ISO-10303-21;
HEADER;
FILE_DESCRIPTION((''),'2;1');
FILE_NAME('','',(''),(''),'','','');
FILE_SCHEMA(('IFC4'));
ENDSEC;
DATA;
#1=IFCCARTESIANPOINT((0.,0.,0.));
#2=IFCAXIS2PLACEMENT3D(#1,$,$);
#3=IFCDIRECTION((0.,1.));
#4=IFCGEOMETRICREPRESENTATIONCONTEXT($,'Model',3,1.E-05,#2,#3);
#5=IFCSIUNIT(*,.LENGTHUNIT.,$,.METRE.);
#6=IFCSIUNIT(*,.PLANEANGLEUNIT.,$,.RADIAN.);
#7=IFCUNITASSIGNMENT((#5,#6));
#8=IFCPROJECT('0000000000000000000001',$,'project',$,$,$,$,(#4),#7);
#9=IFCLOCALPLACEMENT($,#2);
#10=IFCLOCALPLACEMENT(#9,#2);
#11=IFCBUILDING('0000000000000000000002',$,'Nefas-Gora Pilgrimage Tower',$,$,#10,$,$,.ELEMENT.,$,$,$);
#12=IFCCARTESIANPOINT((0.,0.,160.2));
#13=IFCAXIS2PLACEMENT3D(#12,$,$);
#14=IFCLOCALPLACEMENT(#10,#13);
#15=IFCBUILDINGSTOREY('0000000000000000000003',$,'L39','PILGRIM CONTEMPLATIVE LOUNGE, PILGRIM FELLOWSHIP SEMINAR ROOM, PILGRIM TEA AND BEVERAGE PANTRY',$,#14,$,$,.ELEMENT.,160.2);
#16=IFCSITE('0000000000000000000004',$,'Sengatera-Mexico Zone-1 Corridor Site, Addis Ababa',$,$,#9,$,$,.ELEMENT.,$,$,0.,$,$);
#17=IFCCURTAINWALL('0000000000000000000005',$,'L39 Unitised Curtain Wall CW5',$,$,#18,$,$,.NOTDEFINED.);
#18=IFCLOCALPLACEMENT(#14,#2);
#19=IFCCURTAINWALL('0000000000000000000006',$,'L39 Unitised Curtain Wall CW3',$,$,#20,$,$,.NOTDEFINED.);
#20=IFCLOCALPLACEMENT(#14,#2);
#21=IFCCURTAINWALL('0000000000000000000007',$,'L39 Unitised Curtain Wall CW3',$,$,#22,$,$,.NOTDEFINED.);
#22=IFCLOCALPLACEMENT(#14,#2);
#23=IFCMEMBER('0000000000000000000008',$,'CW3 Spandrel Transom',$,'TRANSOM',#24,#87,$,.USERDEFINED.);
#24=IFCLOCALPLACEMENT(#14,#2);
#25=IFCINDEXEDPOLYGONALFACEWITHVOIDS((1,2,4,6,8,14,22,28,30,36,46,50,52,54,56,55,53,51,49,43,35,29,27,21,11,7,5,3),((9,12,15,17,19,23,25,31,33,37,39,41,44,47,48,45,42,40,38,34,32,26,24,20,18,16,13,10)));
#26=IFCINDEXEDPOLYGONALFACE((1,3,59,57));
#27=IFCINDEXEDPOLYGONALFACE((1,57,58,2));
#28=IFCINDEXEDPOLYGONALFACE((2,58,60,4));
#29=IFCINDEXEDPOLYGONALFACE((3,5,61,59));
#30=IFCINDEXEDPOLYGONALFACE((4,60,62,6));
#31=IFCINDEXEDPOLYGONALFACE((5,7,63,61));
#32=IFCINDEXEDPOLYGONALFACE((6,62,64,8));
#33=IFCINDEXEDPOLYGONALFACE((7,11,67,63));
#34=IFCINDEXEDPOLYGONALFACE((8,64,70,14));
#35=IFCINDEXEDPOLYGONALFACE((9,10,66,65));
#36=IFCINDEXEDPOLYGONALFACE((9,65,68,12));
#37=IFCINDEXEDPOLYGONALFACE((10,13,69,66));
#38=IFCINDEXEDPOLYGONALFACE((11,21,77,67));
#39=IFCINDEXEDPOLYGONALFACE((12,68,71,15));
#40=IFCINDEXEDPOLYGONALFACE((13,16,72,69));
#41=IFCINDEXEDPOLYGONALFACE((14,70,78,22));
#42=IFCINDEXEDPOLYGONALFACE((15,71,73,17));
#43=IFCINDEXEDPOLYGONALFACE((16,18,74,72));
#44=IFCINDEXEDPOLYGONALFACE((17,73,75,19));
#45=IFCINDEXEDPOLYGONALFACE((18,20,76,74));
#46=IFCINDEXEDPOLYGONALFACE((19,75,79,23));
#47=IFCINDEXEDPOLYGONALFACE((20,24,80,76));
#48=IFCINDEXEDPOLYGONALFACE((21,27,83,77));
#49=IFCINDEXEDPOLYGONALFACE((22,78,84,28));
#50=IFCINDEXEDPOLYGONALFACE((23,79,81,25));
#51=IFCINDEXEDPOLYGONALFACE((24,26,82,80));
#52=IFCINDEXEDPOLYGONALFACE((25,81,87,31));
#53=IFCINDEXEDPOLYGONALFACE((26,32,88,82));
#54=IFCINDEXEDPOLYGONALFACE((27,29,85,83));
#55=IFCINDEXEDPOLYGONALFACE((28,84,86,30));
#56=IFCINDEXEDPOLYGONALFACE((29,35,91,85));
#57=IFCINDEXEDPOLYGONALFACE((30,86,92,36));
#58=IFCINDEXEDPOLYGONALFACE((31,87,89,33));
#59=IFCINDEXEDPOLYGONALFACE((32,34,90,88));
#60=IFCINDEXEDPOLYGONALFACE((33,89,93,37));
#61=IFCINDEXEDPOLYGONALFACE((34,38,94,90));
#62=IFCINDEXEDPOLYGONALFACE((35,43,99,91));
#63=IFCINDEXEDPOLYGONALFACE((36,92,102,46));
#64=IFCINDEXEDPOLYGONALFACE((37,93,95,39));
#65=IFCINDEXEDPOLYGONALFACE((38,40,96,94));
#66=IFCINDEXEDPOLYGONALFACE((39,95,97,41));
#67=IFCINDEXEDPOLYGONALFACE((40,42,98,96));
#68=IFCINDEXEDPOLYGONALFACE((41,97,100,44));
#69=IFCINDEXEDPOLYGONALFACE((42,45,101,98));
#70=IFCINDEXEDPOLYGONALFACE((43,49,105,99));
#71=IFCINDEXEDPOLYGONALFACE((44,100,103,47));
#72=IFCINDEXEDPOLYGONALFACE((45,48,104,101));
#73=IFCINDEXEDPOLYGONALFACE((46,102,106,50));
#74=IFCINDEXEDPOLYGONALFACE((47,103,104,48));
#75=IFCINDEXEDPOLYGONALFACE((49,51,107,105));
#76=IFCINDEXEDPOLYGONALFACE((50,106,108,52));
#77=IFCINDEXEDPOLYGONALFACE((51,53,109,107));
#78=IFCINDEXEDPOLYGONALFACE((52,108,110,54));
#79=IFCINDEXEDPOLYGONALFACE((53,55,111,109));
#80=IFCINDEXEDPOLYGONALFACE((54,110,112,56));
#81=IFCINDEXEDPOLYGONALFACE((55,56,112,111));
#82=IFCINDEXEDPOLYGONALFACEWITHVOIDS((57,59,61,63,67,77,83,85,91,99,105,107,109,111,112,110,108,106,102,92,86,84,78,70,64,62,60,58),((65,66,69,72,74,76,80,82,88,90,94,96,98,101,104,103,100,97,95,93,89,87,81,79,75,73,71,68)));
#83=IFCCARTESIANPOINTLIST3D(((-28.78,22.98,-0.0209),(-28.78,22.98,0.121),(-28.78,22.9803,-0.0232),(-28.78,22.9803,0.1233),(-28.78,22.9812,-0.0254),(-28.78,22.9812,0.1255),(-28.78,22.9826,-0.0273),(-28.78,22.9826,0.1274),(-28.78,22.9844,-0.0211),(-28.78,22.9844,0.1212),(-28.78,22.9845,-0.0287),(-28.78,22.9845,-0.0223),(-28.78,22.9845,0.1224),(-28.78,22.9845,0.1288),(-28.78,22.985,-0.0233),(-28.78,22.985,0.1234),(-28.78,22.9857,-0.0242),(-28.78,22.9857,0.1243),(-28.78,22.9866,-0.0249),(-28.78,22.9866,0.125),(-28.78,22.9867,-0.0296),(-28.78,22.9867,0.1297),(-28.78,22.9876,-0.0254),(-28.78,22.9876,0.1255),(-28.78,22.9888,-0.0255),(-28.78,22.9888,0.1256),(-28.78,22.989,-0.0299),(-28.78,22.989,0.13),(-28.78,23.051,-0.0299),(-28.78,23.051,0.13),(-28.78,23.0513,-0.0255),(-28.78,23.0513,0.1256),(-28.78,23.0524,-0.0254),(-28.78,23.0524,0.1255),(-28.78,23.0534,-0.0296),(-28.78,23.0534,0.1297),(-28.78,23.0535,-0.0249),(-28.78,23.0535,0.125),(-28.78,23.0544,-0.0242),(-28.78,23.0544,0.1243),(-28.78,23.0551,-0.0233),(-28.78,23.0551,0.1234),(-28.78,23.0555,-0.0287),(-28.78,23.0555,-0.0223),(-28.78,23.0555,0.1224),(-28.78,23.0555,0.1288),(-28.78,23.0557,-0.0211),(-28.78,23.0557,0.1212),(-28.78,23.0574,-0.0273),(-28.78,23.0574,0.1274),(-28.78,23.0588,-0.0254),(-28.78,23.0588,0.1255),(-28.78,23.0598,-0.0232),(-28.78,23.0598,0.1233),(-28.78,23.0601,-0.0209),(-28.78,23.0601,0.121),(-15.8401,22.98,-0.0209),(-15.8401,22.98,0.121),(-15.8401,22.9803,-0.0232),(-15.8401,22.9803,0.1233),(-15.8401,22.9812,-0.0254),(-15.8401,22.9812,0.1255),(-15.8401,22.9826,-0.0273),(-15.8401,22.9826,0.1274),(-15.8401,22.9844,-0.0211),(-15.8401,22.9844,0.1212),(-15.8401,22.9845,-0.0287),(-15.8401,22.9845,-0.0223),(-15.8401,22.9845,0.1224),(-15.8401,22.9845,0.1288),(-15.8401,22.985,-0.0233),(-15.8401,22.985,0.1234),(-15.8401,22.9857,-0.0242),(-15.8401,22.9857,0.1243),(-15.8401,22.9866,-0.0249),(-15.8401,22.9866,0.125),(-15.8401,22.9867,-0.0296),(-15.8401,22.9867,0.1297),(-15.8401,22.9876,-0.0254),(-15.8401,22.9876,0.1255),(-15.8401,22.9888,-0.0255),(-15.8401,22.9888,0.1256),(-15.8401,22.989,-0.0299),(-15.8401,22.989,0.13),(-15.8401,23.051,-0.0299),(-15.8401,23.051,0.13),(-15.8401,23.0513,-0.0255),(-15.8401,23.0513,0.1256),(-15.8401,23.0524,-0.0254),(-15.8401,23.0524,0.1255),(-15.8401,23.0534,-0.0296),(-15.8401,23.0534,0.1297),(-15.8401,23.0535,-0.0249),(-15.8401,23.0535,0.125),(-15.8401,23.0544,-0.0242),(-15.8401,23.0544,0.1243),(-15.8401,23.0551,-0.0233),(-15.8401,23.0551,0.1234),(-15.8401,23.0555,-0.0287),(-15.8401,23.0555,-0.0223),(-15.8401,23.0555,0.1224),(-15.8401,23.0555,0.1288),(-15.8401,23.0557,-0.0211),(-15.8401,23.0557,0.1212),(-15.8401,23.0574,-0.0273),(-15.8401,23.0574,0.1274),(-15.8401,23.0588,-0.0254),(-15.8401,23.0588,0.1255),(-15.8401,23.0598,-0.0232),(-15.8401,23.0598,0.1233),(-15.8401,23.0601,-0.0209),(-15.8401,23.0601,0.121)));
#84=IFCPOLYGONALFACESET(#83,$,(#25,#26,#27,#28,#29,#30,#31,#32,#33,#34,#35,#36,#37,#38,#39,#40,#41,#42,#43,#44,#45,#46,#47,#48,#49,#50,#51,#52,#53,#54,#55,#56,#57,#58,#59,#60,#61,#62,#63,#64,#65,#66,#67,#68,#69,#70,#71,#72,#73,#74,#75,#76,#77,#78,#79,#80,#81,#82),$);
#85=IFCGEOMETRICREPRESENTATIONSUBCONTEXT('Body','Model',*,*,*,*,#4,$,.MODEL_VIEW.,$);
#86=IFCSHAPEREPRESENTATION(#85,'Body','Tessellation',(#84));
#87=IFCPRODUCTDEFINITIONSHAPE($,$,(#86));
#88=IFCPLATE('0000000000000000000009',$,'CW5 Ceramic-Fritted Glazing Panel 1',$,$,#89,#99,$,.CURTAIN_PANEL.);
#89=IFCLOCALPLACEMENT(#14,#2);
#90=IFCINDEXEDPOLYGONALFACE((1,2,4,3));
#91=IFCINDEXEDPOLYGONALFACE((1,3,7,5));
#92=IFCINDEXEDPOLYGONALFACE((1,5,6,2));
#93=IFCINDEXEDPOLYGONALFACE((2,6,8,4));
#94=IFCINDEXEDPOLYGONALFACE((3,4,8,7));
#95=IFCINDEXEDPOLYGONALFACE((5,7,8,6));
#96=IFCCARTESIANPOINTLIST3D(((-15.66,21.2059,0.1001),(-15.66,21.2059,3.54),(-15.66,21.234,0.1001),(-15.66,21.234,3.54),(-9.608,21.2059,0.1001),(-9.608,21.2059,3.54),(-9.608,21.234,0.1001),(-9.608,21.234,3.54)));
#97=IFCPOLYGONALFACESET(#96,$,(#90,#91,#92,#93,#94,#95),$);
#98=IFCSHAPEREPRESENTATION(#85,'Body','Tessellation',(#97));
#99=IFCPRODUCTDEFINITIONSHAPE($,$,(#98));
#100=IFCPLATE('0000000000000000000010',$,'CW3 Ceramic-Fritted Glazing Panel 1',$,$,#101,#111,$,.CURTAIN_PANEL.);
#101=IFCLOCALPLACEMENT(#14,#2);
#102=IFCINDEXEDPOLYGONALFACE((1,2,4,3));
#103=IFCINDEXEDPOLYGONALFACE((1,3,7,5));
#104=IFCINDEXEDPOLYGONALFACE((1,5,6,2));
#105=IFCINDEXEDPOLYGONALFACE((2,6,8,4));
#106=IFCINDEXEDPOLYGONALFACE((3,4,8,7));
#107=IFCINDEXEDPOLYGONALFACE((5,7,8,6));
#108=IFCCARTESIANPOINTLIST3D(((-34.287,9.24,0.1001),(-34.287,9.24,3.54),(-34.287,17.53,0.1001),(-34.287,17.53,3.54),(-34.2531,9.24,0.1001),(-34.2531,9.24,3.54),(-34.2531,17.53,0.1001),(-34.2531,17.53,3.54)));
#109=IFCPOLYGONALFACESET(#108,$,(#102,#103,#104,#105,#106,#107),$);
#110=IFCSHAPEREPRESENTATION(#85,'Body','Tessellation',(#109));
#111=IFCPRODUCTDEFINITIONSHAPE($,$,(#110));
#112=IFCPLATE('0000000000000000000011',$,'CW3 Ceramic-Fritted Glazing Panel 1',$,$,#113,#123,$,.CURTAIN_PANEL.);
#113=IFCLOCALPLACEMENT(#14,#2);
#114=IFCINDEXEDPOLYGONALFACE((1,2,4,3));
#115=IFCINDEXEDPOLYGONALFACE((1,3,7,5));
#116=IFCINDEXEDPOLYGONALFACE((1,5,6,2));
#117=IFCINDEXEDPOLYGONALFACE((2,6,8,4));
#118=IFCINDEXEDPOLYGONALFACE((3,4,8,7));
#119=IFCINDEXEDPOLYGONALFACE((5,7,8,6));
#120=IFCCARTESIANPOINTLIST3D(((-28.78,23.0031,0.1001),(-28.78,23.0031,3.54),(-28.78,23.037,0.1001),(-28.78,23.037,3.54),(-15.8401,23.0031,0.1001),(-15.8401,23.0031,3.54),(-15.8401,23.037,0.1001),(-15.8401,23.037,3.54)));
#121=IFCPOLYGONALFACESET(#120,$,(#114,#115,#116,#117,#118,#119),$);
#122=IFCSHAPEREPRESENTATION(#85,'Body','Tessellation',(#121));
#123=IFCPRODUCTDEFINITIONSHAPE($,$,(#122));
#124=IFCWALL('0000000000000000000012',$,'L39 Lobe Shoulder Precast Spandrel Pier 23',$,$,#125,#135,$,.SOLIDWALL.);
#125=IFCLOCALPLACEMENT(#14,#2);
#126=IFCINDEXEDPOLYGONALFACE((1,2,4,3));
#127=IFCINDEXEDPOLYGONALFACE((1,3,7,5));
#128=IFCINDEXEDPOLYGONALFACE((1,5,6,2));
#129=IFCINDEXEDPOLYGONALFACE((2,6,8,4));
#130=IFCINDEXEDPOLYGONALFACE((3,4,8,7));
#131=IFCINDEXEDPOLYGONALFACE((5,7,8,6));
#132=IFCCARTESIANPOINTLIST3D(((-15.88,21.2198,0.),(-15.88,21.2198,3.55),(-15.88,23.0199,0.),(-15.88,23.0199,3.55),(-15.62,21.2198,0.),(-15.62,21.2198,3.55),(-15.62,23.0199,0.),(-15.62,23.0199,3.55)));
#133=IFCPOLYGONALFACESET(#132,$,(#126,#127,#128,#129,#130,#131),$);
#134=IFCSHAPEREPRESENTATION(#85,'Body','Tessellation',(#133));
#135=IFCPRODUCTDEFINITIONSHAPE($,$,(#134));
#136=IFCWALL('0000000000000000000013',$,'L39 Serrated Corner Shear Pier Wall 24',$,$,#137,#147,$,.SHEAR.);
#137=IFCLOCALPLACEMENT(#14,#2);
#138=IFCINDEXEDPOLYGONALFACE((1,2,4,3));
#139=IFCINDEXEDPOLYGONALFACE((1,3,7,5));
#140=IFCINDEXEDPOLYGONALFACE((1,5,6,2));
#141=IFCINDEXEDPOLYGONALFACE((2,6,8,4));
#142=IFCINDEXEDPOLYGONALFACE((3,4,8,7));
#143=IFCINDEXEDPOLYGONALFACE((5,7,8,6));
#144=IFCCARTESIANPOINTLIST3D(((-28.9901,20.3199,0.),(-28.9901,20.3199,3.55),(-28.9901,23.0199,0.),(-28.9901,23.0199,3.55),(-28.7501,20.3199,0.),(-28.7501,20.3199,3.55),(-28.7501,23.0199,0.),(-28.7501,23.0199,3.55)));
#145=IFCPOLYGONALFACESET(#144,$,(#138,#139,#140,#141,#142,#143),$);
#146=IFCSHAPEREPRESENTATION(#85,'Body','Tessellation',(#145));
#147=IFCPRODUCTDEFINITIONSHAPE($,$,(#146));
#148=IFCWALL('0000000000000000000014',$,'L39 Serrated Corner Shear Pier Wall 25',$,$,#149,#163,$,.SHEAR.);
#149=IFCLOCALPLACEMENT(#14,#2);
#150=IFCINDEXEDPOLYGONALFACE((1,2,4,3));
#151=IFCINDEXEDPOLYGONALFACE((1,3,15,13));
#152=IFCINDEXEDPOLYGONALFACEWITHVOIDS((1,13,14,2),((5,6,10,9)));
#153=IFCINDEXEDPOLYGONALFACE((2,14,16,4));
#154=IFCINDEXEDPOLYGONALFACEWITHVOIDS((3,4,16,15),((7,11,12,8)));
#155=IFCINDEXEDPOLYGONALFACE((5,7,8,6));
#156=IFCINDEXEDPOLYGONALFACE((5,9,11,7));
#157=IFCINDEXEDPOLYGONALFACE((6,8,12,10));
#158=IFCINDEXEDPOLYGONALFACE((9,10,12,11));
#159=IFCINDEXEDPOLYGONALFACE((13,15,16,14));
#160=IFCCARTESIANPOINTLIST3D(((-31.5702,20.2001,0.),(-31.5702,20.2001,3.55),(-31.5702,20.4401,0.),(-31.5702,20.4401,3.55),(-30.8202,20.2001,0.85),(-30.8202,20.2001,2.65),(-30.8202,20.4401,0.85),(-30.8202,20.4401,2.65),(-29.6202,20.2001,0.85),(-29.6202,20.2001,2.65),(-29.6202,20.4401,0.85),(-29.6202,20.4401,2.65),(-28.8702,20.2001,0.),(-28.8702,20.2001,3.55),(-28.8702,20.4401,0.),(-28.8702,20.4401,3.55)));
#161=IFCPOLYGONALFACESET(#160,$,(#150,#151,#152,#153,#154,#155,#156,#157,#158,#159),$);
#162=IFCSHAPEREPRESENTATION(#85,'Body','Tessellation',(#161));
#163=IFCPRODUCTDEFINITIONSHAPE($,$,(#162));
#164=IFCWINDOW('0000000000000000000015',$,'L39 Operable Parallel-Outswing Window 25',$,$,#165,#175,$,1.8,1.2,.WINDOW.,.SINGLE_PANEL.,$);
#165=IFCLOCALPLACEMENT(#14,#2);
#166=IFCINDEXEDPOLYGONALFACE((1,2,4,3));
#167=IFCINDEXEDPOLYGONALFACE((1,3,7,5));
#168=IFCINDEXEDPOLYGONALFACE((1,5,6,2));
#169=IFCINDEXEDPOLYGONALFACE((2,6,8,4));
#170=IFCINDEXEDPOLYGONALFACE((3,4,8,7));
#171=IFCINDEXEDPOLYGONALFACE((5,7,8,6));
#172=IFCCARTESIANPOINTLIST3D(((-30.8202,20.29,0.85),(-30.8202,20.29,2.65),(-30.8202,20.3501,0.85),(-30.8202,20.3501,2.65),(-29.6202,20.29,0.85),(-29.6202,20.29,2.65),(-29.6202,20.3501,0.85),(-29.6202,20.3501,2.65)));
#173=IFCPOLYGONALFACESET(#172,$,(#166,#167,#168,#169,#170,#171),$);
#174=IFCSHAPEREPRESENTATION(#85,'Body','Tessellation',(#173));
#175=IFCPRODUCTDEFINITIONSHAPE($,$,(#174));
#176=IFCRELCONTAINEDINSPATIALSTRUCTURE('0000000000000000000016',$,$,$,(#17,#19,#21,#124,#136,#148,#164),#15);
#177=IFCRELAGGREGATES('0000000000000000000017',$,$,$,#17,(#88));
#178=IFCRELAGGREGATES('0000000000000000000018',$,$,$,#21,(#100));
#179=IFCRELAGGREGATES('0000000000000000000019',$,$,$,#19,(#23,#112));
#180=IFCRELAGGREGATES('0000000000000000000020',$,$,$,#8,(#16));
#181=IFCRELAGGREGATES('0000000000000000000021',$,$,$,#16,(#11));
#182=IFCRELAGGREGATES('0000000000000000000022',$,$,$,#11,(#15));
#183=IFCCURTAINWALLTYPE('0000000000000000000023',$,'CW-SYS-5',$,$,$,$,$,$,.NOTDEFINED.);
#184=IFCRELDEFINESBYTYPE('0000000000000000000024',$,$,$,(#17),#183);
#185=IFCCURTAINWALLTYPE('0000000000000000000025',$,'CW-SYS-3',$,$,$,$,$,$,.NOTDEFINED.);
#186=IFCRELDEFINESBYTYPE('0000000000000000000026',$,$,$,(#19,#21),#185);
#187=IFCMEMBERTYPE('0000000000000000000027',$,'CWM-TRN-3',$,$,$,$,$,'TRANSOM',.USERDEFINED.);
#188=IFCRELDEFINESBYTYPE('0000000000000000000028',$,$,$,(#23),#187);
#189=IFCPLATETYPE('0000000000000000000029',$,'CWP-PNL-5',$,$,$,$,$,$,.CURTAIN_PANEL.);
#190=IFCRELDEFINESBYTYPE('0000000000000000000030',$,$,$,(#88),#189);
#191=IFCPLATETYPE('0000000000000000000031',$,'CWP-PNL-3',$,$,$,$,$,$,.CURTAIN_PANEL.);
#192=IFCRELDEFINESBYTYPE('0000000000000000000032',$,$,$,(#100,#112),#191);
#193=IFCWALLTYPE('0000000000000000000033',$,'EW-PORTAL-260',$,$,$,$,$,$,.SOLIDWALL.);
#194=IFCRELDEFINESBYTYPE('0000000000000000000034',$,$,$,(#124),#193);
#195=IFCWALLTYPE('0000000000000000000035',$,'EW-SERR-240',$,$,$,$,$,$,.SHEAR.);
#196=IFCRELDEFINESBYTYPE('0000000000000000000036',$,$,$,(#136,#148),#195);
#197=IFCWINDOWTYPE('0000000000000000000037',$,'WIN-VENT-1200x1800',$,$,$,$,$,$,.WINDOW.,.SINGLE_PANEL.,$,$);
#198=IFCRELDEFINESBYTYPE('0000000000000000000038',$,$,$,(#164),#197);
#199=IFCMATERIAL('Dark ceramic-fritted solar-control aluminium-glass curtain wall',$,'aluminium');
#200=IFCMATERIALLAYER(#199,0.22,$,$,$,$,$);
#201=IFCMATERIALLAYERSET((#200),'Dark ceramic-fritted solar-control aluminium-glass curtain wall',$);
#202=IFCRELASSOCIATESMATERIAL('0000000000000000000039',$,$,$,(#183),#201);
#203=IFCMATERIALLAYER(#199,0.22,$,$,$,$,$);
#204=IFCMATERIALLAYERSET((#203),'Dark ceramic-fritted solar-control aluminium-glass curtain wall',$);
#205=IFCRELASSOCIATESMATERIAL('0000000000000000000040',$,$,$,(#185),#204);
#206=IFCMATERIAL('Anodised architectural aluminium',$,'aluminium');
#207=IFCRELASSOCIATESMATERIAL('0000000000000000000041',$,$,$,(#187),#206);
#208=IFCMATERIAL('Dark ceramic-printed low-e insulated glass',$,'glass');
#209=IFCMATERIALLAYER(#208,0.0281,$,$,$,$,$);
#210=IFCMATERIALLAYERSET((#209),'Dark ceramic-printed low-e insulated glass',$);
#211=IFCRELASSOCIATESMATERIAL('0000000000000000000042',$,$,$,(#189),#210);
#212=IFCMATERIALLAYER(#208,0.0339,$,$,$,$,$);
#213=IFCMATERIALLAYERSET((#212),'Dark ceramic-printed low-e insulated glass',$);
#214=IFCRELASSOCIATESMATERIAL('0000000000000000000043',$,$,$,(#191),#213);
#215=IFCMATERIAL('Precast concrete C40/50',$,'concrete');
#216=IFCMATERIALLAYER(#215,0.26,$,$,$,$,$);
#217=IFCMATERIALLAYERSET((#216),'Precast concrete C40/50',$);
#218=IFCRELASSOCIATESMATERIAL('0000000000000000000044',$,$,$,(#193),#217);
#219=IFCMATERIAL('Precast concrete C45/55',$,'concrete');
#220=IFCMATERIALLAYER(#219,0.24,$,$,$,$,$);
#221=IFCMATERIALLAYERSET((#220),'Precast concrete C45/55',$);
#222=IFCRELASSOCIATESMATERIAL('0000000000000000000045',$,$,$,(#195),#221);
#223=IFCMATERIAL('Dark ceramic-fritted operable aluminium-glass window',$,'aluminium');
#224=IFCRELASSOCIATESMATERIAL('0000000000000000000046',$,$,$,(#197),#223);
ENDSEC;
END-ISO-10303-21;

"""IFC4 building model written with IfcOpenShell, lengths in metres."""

from ifc_helpers import new_model, si_unit, direction, frame, frame_2d, origin, origin_2d, place, context, subcontext, project, spatial, rectangle, hollow_rectangle, extrude, source, transform, mapped, material, layer, layer_set, material_profile, profile_set, type_object, element, fill, aggregate, save


model = new_model("IFC4")

# Units and contexts
model_context = context("Model", 3, precision=1e-05, world=origin(), true_north=direction((0.0, 1.0)))
body_context = subcontext(model_context, "Body", "Model", "MODEL_VIEW")
ifc_project = project(units=[si_unit("LENGTHUNIT", "METRE"), si_unit("PLANEANGLEUNIT", "RADIAN")], contexts=[model_context])

# Site, building, storey
site_placement = place(None, origin())
site = spatial("IfcSite", under=ifc_project, at=site_placement, Name="Sengatera-Mexico Zone-1 Corridor Site, Addis Ababa", CompositionType="ELEMENT", RefElevation=0.0)
building_placement = place(site_placement, origin())
building = spatial("IfcBuilding", under=site, at=building_placement, Name="Nefas-Gora Pilgrimage Tower", CompositionType="ELEMENT")
storey_placement = place(building_placement, frame((0.0, 0.0, 160.2)))
storey = spatial("IfcBuildingStorey", under=building, at=storey_placement, Name="L39", Description="PILGRIM CONTEMPLATIVE LOUNGE, PILGRIM FELLOWSHIP SEMINAR ROOM, PILGRIM TEA AND BEVERAGE PANTRY", CompositionType="ELEMENT", Elevation=160.2)

# Curtain wall
ifc_material_1 = material(Name="Dark ceramic-fritted solar-control aluminium-glass curtain wall", Category="aluminium")
ifc_layer_1 = layer(ifc_material_1, 0.22)
ifc_layer_set_1 = layer_set([ifc_layer_1], Name="Dark ceramic-fritted solar-control aluminium-glass curtain wall")
curtain_wall_type_1 = type_object("IfcCurtainWallType", Name="CW-SYS-5", PredefinedType="NOTDEFINED", material=ifc_layer_set_1)
curtain_wall_1_placement = place(storey_placement, origin())
curtain_wall_1 = element("IfcCurtainWall", 1, at=curtain_wall_1_placement, inside=storey, type_object=curtain_wall_type_1, Name="L39 Unitised Curtain Wall CW5", PredefinedType="NOTDEFINED")
ifc_material_2 = material(Name="Anodised architectural aluminium", Category="aluminium")

# Curtain walls
ifc_layer_2 = layer(ifc_material_1, 0.22)
ifc_layer_set_2 = layer_set([ifc_layer_2], Name="Dark ceramic-fritted solar-control aluminium-glass curtain wall")
curtain_wall_type_2 = type_object("IfcCurtainWallType", Name="CW-SYS-3", PredefinedType="NOTDEFINED", material=ifc_layer_set_2)
curtain_wall_2_placement = place(storey_placement, origin())
curtain_wall_2 = element("IfcCurtainWall", 2, at=curtain_wall_2_placement, inside=storey, type_object=curtain_wall_type_2, Name="L39 Unitised Curtain Wall CW3", PredefinedType="NOTDEFINED")
curtain_wall_3_placement = place(storey_placement, origin())
curtain_wall_3 = element("IfcCurtainWall", 3, at=curtain_wall_3_placement, inside=storey, type_object=curtain_wall_type_2, Name="L39 Unitised Curtain Wall CW3", PredefinedType="NOTDEFINED")
ifc_material_profile_1 = material_profile(ifc_material_2, hollow_rectangle(XDim=0.0801, YDim=0.1599, WallThickness=0.0044, InnerFilletRadius=0.0044, OuterFilletRadius=0.009, at=origin_2d()), Name="ALU TRANSOM 80x160")
ifc_profile_set_1 = profile_set([ifc_material_profile_1], Name="Anodised architectural aluminium")
member_type_1 = type_object("IfcMemberType", Name="CWM-TRN-3", ElementType="TRANSOM", PredefinedType="USERDEFINED", material=ifc_profile_set_1)

# Member
shared_shape_1 = source(origin(), body_context, "Body", "SweptSolid", [
    extrude(hollow_rectangle(XDim=0.0801, YDim=0.1599, WallThickness=0.0044, InnerFilletRadius=0.0044, OuterFilletRadius=0.009, at=origin_2d()), origin(), (0.0, 0.0, 1.0), 12.9399),
])
member_1_placement = place(storey_placement, frame((-15.8401, 23.02, 0.05), z_axis=(-1.0, 0.0, 0.0), x_axis=(0.0, -1.0, 0.0)))
member_1 = element("IfcMember", 4, at=member_1_placement, type_object=member_type_1, Name="CW3 Spandrel Transom", ObjectType="TRANSOM", PredefinedType="USERDEFINED", context=body_context, shape_type="MappedRepresentation", body=[
    mapped(shared_shape_1, transform((0.0, 0.0, 0.0), x_axis=(1.0, 0.0, 0.0), y_axis=(0.0, 1.0, 0.0), z_axis=(0.0, 0.0, 1.0), scale=1.0)),
])

# Plates
ifc_material_3 = material(Name="Dark ceramic-printed low-e insulated glass", Category="glass")
ifc_layer_3 = layer(ifc_material_3, 0.0281)
ifc_layer_set_3 = layer_set([ifc_layer_3], Name="Dark ceramic-printed low-e insulated glass")
plate_type_1 = type_object("IfcPlateType", Name="CWP-PNL-5", PredefinedType="CURTAIN_PANEL", material=ifc_layer_set_3)
shared_shape_2 = source(origin(), body_context, "Body", "SweptSolid", [
    extrude(rectangle(XDim=6.052, YDim=0.0281, at=origin_2d()), origin(), (0.0, 0.0, 1.0), 3.4399),
])
plate_1_placement = place(storey_placement, frame((-12.634, 21.22, 0.1001), z_axis=(0.0, 0.0, 1.0), x_axis=(-1.0, 0.0, 0.0)))
plate_1 = element("IfcPlate", 5, at=plate_1_placement, type_object=plate_type_1, Name="CW5 Ceramic-Fritted Glazing Panel 1", PredefinedType="CURTAIN_PANEL", context=body_context, shape_type="MappedRepresentation", body=[
    mapped(shared_shape_2, transform((0.0, 0.0, 0.0), x_axis=(1.0, 0.0, 0.0), y_axis=(0.0, 1.0, 0.0), z_axis=(0.0, 0.0, 1.0), scale=1.0)),
])
aggregate(curtain_wall_1, [plate_1])
ifc_layer_4 = layer(ifc_material_3, 0.0339)
ifc_layer_set_4 = layer_set([ifc_layer_4], Name="Dark ceramic-printed low-e insulated glass")
plate_type_2 = type_object("IfcPlateType", Name="CWP-PNL-3", PredefinedType="CURTAIN_PANEL", material=ifc_layer_set_4)
shared_shape_3 = source(origin(), body_context, "Body", "SweptSolid", [
    extrude(rectangle(XDim=8.29, YDim=0.0339, at=origin_2d()), origin(), (0.0, 0.0, 1.0), 3.4399),
])
plate_2_placement = place(storey_placement, frame((-34.27, 13.385, 0.1001), z_axis=(0.0, 0.0, 1.0), x_axis=(0.0, -1.0, 0.0)))
plate_2 = element("IfcPlate", 6, at=plate_2_placement, type_object=plate_type_2, Name="CW3 Ceramic-Fritted Glazing Panel 1", PredefinedType="CURTAIN_PANEL", context=body_context, shape_type="MappedRepresentation", body=[
    mapped(shared_shape_3, transform((0.0, 0.0, 0.0), x_axis=(1.0, 0.0, 0.0), y_axis=(0.0, 1.0, 0.0), z_axis=(0.0, 0.0, 1.0), scale=1.0)),
])
aggregate(curtain_wall_3, [plate_2])
shared_shape_4 = source(origin(), body_context, "Body", "SweptSolid", [
    extrude(rectangle(XDim=12.9399, YDim=0.0339, at=origin_2d()), origin(), (0.0, 0.0, 1.0), 3.4399),
])
plate_3_placement = place(storey_placement, frame((-22.3101, 23.02, 0.1001), z_axis=(0.0, 0.0, 1.0), x_axis=(-1.0, 0.0, 0.0)))
plate_3 = element("IfcPlate", 7, at=plate_3_placement, type_object=plate_type_2, Name="CW3 Ceramic-Fritted Glazing Panel 1", PredefinedType="CURTAIN_PANEL", context=body_context, shape_type="MappedRepresentation", body=[
    mapped(shared_shape_4, transform((0.0, 0.0, 0.0), x_axis=(1.0, 0.0, 0.0), y_axis=(0.0, 1.0, 0.0), z_axis=(0.0, 0.0, 1.0), scale=1.0)),
])
aggregate(curtain_wall_2, [member_1, plate_3])

# Walls
ifc_material_4 = material(Name="Precast concrete C40/50", Category="concrete")
ifc_layer_5 = layer(ifc_material_4, 0.26)
ifc_layer_set_5 = layer_set([ifc_layer_5], Name="Precast concrete C40/50")
wall_type_1 = type_object("IfcWallType", Name="EW-PORTAL-260", PredefinedType="SOLIDWALL", material=ifc_layer_set_5)
shared_shape_5 = source(origin(), body_context, "Body", "SweptSolid", [
    extrude(rectangle(XDim=1.8, YDim=0.26, at=frame_2d((0.8999, 0.0))), origin(), (0.0, 0.0, 1.0), 3.55),
])
wall_1_placement = place(storey_placement, frame((-15.75, 21.22, 0.0), z_axis=(0.0, 0.0, 1.0), x_axis=(0.0, 1.0, 0.0)))
element("IfcWall", 8, at=wall_1_placement, inside=storey, type_object=wall_type_1, Name="L39 Lobe Shoulder Precast Spandrel Pier 23", PredefinedType="SOLIDWALL", context=body_context, shape_type="MappedRepresentation", body=[
    mapped(shared_shape_5, transform((0.0, 0.0, 0.0), x_axis=(1.0, 0.0, 0.0), y_axis=(0.0, 1.0, 0.0), z_axis=(0.0, 0.0, 1.0), scale=1.0)),
])
ifc_material_5 = material(Name="Precast concrete C45/55", Category="concrete")
ifc_layer_6 = layer(ifc_material_5, 0.24)
ifc_layer_set_6 = layer_set([ifc_layer_6], Name="Precast concrete C45/55")
wall_type_2 = type_object("IfcWallType", Name="EW-SERR-240", PredefinedType="SHEAR", material=ifc_layer_set_6)
shared_shape_6 = source(origin(), body_context, "Body", "SweptSolid", [
    extrude(rectangle(XDim=2.7, YDim=0.24, at=frame_2d((1.3501, 0.0))), origin(), (0.0, 0.0, 1.0), 3.55),
])
wall_2_placement = place(storey_placement, frame((-28.8701, 23.02, 0.0), z_axis=(0.0, 0.0, 1.0), x_axis=(0.0, -1.0, 0.0)))
element("IfcWall", 9, at=wall_2_placement, inside=storey, type_object=wall_type_2, Name="L39 Serrated Corner Shear Pier Wall 24", PredefinedType="SHEAR", context=body_context, shape_type="MappedRepresentation", body=[
    mapped(shared_shape_6, transform((0.0, 0.0, 0.0), x_axis=(1.0, 0.0, 0.0), y_axis=(0.0, 1.0, 0.0), z_axis=(0.0, 0.0, 1.0), scale=1.0)),
])

# Wall, opening, window
wall_3_placement = place(storey_placement, frame((-28.8701, 20.3201, 0.0), z_axis=(0.0, 0.0, 1.0), x_axis=(-1.0, 0.0, 0.0)))
wall_3 = element("IfcWall", 10, at=wall_3_placement, inside=storey, type_object=wall_type_2, Name="L39 Serrated Corner Shear Pier Wall 25", PredefinedType="SHEAR", context=body_context, shape_type="MappedRepresentation", body=[
    mapped(shared_shape_6, transform((0.0, 0.0, 0.0), x_axis=(1.0, 0.0, 0.0), y_axis=(0.0, 1.0, 0.0), z_axis=(0.0, 0.0, 1.0), scale=1.0)),
])
opening_1_placement = place(wall_3_placement, frame((0.75, 0.0, 0.8501)))
opening_1 = element("IfcOpeningElement", 11, at=opening_1_placement, cuts=wall_3, PredefinedType="OPENING", context=body_context, shape_type="SweptSolid", body=[
    extrude(rectangle(XDim=1.2, YDim=1.8, at=frame_2d((0.6001, 0.8999))), frame((0.0, 0.1299, 0.0), z_axis=(0.0, -1.0, 0.0), x_axis=(1.0, 0.0, 0.0)), (0.0, 0.0, 1.0), 0.26),
])
ifc_material_6 = material(Name="Dark ceramic-fritted operable aluminium-glass window", Category="aluminium")
window_type = type_object("IfcWindowType", Name="WIN-VENT-1200x1800", PartitioningType="SINGLE_PANEL", PredefinedType="WINDOW", material=ifc_material_6)
shared_shape_7 = source(origin(), body_context, "Body", "SweptSolid", [
    extrude(rectangle(XDim=1.2, YDim=1.8, at=frame_2d((0.6001, 0.8999))), frame((0.0, 0.03, 0.0), z_axis=(0.0, -1.0, 0.0), x_axis=(1.0, 0.0, 0.0)), (0.0, 0.0, 1.0), 0.0601),
])
window_placement = place(opening_1_placement, origin())
window = element("IfcWindow", 12, at=window_placement, inside=storey, type_object=window_type, Name="L39 Operable Parallel-Outswing Window 25", OverallHeight=1.8, OverallWidth=1.2, PartitioningType="SINGLE_PANEL", PredefinedType="WINDOW", context=body_context, shape_type="MappedRepresentation", body=[
    mapped(shared_shape_7, transform((0.0, 0.0, 0.0), x_axis=(1.0, 0.0, 0.0), y_axis=(0.0, 1.0, 0.0), z_axis=(0.0, 0.0, 1.0), scale=1.0)),
])
fill(opening_1, window)

save(model, "model.ifc")
